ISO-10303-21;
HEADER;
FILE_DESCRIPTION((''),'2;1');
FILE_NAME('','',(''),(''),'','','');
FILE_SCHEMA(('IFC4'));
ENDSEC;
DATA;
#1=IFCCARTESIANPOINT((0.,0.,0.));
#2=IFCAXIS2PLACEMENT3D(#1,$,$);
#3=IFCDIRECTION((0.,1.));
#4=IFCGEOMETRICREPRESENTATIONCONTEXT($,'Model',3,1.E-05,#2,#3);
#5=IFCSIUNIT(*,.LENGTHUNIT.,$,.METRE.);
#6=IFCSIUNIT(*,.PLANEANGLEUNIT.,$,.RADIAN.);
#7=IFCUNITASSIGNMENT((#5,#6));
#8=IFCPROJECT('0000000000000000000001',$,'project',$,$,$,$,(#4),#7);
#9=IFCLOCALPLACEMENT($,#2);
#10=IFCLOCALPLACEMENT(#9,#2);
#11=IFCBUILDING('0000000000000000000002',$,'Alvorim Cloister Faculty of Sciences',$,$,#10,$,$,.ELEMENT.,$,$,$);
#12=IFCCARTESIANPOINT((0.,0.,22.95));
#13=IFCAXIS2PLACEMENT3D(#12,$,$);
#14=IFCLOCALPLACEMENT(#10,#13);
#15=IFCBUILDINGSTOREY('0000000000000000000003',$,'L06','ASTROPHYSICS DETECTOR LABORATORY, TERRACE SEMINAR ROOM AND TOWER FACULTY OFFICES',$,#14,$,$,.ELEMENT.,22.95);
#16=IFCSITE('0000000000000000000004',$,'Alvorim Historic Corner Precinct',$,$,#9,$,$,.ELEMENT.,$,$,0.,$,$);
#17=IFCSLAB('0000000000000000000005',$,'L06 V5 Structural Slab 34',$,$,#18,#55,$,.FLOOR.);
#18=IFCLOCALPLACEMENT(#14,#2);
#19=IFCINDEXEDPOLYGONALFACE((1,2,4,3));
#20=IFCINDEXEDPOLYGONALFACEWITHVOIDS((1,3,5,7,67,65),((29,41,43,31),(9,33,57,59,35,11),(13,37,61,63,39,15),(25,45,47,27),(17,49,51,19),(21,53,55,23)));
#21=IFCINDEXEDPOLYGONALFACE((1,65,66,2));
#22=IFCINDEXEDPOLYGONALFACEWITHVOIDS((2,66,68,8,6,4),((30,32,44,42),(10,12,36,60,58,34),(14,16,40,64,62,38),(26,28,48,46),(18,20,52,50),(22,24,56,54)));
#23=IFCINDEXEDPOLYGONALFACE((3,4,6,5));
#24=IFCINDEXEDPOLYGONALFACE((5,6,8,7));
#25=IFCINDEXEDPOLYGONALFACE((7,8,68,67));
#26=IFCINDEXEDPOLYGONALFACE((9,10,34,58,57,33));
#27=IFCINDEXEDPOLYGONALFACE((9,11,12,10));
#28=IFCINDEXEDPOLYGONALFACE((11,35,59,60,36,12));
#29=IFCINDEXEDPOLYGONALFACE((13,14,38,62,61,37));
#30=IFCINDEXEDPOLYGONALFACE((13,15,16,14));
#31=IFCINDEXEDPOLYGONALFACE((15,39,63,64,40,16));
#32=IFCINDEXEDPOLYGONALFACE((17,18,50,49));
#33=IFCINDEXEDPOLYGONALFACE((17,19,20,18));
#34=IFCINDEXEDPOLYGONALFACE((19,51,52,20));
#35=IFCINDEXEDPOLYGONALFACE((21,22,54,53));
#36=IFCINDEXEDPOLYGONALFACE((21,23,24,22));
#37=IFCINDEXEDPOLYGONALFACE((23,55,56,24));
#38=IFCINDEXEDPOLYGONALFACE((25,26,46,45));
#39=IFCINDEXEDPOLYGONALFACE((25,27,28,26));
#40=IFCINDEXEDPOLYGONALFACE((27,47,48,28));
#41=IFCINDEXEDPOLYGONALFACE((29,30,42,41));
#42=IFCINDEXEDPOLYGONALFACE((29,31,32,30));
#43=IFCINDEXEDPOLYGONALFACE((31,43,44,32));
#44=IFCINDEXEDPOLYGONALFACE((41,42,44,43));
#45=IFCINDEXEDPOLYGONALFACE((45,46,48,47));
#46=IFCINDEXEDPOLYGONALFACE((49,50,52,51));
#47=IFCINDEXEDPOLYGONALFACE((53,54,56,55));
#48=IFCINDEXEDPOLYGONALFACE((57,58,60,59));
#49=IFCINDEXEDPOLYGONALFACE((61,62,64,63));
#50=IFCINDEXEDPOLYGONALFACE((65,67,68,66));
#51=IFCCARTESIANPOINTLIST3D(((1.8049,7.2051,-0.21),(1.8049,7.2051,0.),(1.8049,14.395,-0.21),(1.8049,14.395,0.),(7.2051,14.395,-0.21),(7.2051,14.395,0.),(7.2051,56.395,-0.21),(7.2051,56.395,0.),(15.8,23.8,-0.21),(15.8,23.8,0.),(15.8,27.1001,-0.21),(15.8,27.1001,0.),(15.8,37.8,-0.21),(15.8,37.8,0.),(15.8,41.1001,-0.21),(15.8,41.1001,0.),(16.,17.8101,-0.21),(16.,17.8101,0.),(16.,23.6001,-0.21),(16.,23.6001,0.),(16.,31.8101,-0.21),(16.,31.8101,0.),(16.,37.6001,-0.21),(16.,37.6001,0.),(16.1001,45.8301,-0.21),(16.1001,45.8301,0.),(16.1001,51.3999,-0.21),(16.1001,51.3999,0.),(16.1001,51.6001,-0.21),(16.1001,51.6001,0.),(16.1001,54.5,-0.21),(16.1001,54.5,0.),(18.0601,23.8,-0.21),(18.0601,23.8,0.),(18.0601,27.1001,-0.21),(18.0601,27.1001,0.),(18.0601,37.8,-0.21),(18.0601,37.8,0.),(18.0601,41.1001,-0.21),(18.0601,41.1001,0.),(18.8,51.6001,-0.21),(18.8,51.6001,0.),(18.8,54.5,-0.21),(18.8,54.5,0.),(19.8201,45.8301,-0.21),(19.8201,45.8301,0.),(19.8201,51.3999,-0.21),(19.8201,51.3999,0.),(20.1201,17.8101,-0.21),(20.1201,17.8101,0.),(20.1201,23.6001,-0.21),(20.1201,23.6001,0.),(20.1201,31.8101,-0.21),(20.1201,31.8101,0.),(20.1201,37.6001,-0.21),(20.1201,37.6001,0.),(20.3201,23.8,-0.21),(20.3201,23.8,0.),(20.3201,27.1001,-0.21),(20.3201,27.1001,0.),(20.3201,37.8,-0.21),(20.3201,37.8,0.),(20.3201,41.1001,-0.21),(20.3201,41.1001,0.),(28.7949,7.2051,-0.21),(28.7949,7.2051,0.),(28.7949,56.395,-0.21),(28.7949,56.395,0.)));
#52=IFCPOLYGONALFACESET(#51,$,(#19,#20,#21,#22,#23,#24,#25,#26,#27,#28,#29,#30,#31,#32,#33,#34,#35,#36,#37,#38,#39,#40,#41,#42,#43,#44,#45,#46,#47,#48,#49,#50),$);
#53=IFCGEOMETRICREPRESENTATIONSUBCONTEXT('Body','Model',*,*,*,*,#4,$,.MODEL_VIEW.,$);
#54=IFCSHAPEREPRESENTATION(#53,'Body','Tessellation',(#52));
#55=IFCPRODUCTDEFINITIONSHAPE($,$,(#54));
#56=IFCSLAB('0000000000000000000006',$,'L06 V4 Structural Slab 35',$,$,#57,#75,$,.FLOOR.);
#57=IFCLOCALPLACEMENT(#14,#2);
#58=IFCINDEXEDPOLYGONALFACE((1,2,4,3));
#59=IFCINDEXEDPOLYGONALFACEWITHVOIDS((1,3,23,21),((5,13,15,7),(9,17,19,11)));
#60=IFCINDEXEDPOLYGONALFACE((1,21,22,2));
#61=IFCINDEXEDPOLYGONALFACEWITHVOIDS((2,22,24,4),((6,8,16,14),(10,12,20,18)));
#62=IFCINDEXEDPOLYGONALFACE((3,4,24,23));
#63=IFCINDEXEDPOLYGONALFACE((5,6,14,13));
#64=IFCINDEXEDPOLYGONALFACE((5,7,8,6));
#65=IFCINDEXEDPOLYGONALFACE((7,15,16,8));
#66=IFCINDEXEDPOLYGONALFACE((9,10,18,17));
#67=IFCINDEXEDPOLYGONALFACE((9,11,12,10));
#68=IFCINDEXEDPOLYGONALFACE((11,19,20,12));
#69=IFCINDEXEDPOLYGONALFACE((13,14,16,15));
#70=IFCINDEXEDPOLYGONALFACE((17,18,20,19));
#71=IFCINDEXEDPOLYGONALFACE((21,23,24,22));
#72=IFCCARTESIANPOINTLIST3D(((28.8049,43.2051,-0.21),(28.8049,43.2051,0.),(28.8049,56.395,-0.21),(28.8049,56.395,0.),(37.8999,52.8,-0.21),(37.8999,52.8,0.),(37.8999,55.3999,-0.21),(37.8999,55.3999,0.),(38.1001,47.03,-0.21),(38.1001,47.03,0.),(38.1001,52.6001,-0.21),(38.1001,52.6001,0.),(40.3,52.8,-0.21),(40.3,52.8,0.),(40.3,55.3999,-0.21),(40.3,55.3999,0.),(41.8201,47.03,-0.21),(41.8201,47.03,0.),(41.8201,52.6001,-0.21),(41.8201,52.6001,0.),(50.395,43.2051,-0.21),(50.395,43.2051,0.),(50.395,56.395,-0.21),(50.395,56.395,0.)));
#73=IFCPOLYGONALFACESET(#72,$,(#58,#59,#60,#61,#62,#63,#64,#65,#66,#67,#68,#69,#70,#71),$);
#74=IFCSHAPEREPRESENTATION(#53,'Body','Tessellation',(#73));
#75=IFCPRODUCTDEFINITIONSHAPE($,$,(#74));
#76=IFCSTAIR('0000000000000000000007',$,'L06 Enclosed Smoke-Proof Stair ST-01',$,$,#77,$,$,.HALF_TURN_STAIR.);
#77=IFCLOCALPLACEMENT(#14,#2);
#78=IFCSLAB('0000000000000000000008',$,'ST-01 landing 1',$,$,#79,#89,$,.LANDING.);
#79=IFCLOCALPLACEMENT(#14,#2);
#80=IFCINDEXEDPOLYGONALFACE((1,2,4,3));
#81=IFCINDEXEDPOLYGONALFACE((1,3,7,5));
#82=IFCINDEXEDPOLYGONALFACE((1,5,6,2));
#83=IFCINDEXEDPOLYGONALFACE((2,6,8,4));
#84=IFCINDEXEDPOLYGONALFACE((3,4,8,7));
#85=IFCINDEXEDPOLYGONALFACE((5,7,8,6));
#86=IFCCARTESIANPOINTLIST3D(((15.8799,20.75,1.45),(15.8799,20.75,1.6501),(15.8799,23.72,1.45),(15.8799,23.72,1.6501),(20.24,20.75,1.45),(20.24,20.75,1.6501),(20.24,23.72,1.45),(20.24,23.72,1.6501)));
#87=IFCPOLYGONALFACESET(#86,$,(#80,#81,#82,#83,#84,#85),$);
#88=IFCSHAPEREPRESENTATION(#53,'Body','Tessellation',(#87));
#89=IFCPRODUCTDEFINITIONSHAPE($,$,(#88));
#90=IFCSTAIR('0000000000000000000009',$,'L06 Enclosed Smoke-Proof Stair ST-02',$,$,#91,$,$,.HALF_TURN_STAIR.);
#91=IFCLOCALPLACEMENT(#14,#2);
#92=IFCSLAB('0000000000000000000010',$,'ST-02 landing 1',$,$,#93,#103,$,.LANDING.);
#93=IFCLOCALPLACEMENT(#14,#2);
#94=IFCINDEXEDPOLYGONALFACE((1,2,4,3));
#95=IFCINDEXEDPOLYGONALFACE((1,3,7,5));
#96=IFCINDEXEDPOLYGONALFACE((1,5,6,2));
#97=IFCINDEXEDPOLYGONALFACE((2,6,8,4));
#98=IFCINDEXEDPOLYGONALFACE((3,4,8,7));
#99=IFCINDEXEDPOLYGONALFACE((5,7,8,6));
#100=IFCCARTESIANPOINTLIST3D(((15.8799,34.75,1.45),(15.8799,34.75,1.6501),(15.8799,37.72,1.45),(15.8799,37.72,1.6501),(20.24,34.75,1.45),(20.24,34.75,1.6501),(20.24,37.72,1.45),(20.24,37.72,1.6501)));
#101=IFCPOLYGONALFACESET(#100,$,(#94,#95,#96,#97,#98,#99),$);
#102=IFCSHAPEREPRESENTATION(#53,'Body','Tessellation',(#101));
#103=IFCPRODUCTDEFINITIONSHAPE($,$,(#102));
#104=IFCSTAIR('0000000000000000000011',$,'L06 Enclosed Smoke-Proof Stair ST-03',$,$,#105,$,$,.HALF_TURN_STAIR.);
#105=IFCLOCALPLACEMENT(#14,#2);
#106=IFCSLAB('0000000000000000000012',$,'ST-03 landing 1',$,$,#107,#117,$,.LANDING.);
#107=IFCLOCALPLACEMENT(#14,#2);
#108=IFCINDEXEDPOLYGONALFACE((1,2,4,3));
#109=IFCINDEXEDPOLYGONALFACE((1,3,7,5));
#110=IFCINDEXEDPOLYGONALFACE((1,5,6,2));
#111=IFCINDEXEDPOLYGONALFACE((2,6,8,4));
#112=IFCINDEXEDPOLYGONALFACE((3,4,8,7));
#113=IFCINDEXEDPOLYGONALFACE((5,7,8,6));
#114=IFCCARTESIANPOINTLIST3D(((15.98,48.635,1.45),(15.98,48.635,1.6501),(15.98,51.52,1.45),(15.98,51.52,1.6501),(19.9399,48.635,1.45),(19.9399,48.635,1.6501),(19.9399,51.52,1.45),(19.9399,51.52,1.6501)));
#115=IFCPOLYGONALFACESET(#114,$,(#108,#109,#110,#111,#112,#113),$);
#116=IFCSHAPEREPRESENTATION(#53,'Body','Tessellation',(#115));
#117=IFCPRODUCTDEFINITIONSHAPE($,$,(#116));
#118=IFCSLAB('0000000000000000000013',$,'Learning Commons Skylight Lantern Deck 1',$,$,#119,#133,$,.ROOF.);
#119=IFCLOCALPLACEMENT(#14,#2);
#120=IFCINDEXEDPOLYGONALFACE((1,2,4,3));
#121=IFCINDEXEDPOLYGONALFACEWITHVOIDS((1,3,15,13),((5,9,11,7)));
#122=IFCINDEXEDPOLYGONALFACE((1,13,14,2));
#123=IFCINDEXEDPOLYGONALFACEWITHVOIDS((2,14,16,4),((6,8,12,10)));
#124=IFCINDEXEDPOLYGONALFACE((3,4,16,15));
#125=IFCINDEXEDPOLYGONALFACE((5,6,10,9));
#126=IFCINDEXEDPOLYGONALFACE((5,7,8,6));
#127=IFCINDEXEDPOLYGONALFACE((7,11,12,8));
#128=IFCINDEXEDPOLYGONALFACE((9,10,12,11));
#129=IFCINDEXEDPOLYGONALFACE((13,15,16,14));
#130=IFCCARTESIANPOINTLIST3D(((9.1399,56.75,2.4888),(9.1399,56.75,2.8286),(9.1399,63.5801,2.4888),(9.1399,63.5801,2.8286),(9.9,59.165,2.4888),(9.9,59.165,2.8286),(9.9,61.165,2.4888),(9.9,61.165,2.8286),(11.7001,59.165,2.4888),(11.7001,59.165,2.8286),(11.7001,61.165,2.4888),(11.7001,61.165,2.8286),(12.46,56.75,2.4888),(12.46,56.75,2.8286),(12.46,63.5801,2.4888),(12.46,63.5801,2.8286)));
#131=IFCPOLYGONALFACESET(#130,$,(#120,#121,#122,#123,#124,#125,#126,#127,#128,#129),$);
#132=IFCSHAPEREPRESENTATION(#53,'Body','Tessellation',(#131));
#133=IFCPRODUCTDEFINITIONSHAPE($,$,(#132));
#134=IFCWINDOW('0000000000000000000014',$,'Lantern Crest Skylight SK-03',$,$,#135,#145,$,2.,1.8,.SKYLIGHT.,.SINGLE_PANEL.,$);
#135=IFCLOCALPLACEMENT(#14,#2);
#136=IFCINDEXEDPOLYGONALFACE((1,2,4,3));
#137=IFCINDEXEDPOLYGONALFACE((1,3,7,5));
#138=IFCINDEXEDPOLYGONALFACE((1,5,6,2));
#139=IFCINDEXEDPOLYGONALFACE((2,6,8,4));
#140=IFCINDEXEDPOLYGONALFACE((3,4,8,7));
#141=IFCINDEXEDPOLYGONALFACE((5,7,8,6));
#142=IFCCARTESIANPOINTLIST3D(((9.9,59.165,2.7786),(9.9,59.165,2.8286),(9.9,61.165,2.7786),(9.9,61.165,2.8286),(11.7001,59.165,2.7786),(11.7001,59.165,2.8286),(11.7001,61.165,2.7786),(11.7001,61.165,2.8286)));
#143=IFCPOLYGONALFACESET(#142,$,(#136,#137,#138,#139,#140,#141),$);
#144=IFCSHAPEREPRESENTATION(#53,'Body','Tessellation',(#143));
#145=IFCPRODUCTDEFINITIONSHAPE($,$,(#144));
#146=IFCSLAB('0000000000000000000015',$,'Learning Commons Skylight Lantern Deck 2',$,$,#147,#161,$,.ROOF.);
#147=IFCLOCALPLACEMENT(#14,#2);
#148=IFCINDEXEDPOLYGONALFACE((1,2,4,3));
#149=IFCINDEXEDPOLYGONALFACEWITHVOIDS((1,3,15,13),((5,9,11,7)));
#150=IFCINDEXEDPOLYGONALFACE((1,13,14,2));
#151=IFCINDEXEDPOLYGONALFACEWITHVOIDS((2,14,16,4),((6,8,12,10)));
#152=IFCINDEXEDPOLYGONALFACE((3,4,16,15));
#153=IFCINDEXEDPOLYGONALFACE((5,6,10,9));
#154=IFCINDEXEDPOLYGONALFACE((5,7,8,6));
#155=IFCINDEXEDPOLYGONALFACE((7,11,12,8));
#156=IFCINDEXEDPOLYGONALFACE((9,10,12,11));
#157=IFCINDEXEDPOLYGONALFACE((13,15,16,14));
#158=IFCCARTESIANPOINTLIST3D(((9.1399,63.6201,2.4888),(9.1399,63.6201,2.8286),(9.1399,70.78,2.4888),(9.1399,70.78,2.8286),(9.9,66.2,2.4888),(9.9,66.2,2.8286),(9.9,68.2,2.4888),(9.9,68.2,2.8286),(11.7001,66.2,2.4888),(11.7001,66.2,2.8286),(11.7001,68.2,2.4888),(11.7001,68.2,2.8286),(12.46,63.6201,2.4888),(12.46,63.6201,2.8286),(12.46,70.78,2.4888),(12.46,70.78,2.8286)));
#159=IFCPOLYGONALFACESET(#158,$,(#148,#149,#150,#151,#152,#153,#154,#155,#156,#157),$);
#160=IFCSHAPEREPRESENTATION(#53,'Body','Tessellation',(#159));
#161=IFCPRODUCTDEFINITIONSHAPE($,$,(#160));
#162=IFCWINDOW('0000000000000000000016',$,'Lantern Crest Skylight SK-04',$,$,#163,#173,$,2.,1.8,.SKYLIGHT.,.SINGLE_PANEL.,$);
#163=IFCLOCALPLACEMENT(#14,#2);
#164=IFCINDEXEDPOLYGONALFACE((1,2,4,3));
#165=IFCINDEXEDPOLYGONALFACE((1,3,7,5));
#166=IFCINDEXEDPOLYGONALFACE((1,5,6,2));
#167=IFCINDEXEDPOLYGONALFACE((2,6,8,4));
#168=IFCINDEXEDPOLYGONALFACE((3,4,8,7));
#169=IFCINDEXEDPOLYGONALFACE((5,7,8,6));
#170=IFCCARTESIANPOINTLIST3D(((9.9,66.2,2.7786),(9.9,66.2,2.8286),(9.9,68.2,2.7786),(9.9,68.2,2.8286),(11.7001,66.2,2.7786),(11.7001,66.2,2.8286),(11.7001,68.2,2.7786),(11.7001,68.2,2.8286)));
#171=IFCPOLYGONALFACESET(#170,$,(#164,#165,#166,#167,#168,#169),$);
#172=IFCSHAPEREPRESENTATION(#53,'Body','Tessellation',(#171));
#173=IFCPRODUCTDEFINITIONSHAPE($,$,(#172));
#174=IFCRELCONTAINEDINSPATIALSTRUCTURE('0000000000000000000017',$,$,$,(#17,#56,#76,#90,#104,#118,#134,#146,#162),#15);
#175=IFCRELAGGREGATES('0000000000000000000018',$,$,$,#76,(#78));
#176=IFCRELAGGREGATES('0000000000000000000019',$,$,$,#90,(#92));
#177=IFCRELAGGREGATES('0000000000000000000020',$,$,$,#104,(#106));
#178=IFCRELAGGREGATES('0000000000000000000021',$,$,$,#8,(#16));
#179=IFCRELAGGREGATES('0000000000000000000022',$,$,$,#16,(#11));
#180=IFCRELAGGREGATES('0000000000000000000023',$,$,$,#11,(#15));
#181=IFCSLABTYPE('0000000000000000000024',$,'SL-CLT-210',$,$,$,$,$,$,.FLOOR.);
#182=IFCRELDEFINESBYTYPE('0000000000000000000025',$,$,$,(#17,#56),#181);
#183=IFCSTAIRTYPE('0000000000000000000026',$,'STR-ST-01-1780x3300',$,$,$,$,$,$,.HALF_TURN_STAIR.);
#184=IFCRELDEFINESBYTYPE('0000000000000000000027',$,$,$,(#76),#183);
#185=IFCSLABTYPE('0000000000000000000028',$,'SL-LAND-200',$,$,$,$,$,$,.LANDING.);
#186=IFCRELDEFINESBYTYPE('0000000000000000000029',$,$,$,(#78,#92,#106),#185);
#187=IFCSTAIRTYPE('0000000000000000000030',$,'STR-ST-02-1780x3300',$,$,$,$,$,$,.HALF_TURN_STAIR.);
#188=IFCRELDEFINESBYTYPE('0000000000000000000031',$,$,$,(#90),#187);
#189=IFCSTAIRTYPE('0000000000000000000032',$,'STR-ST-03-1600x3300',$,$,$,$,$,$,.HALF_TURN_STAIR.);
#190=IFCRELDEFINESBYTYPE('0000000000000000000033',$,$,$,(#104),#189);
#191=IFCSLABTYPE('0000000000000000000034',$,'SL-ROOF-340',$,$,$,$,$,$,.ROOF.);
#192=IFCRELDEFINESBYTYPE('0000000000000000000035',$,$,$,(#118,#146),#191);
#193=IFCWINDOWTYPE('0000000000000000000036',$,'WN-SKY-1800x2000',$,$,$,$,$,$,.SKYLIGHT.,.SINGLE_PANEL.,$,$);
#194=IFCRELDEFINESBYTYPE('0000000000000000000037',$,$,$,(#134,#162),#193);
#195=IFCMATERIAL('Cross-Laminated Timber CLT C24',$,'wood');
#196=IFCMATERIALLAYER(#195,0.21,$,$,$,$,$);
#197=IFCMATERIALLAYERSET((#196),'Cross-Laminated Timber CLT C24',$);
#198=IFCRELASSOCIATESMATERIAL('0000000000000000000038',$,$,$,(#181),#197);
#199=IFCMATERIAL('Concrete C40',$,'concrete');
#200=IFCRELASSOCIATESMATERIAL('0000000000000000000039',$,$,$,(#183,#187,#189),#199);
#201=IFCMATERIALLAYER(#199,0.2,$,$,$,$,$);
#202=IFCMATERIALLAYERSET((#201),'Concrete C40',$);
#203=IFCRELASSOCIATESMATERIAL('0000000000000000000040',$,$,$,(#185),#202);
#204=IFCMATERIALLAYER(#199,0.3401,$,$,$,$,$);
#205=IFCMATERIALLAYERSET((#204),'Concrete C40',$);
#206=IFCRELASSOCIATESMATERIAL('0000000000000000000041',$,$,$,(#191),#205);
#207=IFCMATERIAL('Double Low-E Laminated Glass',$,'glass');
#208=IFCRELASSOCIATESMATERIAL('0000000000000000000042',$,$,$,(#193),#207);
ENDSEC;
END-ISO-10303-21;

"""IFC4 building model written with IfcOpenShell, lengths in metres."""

from ifc_helpers import new_model, si_unit, direction, frame, origin, origin_2d, place, context, subcontext, project, spatial, polyline, rectangle, outline, extrude, material, layer, layer_set, type_object, element, fill, aggregate, save


model = new_model("IFC4")

# Units and contexts
model_context = context("Model", 3, precision=1e-05, world=origin(), true_north=direction((0.0, 1.0)))
body_context = subcontext(model_context, "Body", "Model", "MODEL_VIEW")
ifc_project = project(units=[si_unit("LENGTHUNIT", "METRE"), si_unit("PLANEANGLEUNIT", "RADIAN")], contexts=[model_context])

# Site, building, storey
site_placement = place(None, origin())
site = spatial("IfcSite", under=ifc_project, at=site_placement, Name="Alvorim Historic Corner Precinct", CompositionType="ELEMENT", RefElevation=0.0)
building_placement = place(site_placement, origin())
building = spatial("IfcBuilding", under=site, at=building_placement, Name="Alvorim Cloister Faculty of Sciences", CompositionType="ELEMENT")
storey_placement = place(building_placement, frame((0.0, 0.0, 22.95)))
storey = spatial("IfcBuildingStorey", under=building, at=storey_placement, Name="L06", Description="ASTROPHYSICS DETECTOR LABORATORY, TERRACE SEMINAR ROOM AND TOWER FACULTY OFFICES", CompositionType="ELEMENT", Elevation=22.95)

# Slabs
ifc_material_1 = material(Name="Cross-Laminated Timber CLT C24", Category="wood")
ifc_layer_1 = layer(ifc_material_1, 0.21)
ifc_layer_set_1 = layer_set([ifc_layer_1], Name="Cross-Laminated Timber CLT C24")
slab_type_1 = type_object("IfcSlabType", Name="SL-CLT-210", PredefinedType="FLOOR", material=ifc_layer_set_1)
slab_1_placement = place(storey_placement, frame((0.0, 0.0, -0.21)))
element("IfcSlab", 1, at=slab_1_placement, inside=storey, type_object=slab_type_1, Name="L06 V5 Structural Slab 34", PredefinedType="FLOOR", context=body_context, shape_type="SweptSolid", body=[
    extrude(outline(polyline([(1.8049, 7.2051), (1.8049, 14.395), (7.2051, 14.395), (7.2051, 56.395), (28.7949, 56.395), (28.7949, 7.2051), (1.8049, 7.2051)]), holes=[polyline([(16.0, 23.6001), (16.0, 17.8101), (20.1201, 17.8101), (20.1201, 23.6001), (16.0, 23.6001)]), polyline([(15.8, 27.1001), (15.8, 23.8), (18.0601, 23.8), (20.3201, 23.8), (20.3201, 27.1001), (18.0601, 27.1001), (15.8, 27.1001)]), polyline([(20.1201, 37.6001), (16.0, 37.6001), (16.0, 31.8101), (20.1201, 31.8101), (20.1201, 37.6001)]), polyline([(18.0601, 37.8), (20.3201, 37.8), (20.3201, 41.1001), (18.0601, 41.1001), (15.8, 41.1001), (15.8, 37.8), (18.0601, 37.8)]), polyline([(16.1001, 51.3999), (16.1001, 45.8301), (19.8201, 45.8301), (19.8201, 51.3999), (16.1001, 51.3999)]), polyline([(18.8, 54.5), (16.1001, 54.5), (16.1001, 51.6001), (18.8, 51.6001), (18.8, 54.5)])]), origin(), (0.0, 0.0, 1.0), 0.21),
])
slab_2_placement = place(storey_placement, frame((0.0, 0.0, -0.21)))
element("IfcSlab", 2, at=slab_2_placement, inside=storey, type_object=slab_type_1, Name="L06 V4 Structural Slab 35", PredefinedType="FLOOR", context=body_context, shape_type="SweptSolid", body=[
    extrude(outline(polyline([(28.8049, 43.2051), (28.8049, 56.395), (50.395, 56.395), (50.395, 43.2051), (28.8049, 43.2051)]), holes=[polyline([(38.1001, 52.6001), (38.1001, 47.03), (41.8201, 47.03), (41.8201, 52.6001), (38.1001, 52.6001)]), polyline([(40.3, 55.3999), (37.8999, 55.3999), (37.8999, 52.8), (40.3, 52.8), (40.3, 55.3999)])]), origin(), (0.0, 0.0, 1.0), 0.21),
])

# Stairs, slabs
ifc_material_2 = material(Name="Concrete C40", Category="concrete")
stair_type_1 = type_object("IfcStairType", Name="STR-ST-01-1780x3300", PredefinedType="HALF_TURN_STAIR", material=ifc_material_2)
stair_1_placement = place(storey_placement, origin())
stair_1 = element("IfcStair", 3, at=stair_1_placement, inside=storey, type_object=stair_type_1, Name="L06 Enclosed Smoke-Proof Stair ST-01", PredefinedType="HALF_TURN_STAIR")
ifc_layer_2 = layer(ifc_material_2, 0.2)
ifc_layer_set_2 = layer_set([ifc_layer_2], Name="Concrete C40")
slab_type_2 = type_object("IfcSlabType", Name="SL-LAND-200", PredefinedType="LANDING", material=ifc_layer_set_2)
slab_3_placement = place(storey_placement, frame((0.0, 0.0, 1.45)))
slab_3 = element("IfcSlab", 4, at=slab_3_placement, type_object=slab_type_2, Name="ST-01 landing 1", PredefinedType="LANDING", context=body_context, shape_type="SweptSolid", body=[
    extrude(outline(polyline([(20.24, 20.75), (20.24, 23.72), (15.8799, 23.72), (15.8799, 20.75), (20.24, 20.75)])), origin(), (0.0, 0.0, 1.0), 0.2002),
])
aggregate(stair_1, [slab_3])
stair_type_2 = type_object("IfcStairType", Name="STR-ST-02-1780x3300", PredefinedType="HALF_TURN_STAIR", material=ifc_material_2)
stair_2_placement = place(storey_placement, origin())
stair_2 = element("IfcStair", 5, at=stair_2_placement, inside=storey, type_object=stair_type_2, Name="L06 Enclosed Smoke-Proof Stair ST-02", PredefinedType="HALF_TURN_STAIR")
slab_4_placement = place(storey_placement, frame((0.0, 0.0, 1.45)))
slab_4 = element("IfcSlab", 6, at=slab_4_placement, type_object=slab_type_2, Name="ST-02 landing 1", PredefinedType="LANDING", context=body_context, shape_type="SweptSolid", body=[
    extrude(outline(polyline([(20.24, 34.75), (20.24, 37.72), (15.8799, 37.72), (15.8799, 34.75), (20.24, 34.75)])), origin(), (0.0, 0.0, 1.0), 0.2002),
])
aggregate(stair_2, [slab_4])
stair_type_3 = type_object("IfcStairType", Name="STR-ST-03-1600x3300", PredefinedType="HALF_TURN_STAIR", material=ifc_material_2)
stair_3_placement = place(storey_placement, origin())
stair_3 = element("IfcStair", 7, at=stair_3_placement, inside=storey, type_object=stair_type_3, Name="L06 Enclosed Smoke-Proof Stair ST-03", PredefinedType="HALF_TURN_STAIR")
slab_5_placement = place(storey_placement, frame((0.0, 0.0, 1.45)))
slab_5 = element("IfcSlab", 8, at=slab_5_placement, type_object=slab_type_2, Name="ST-03 landing 1", PredefinedType="LANDING", context=body_context, shape_type="SweptSolid", body=[
    extrude(outline(polyline([(19.9399, 48.635), (19.9399, 51.52), (15.98, 51.52), (15.98, 48.635), (19.9399, 48.635)])), origin(), (0.0, 0.0, 1.0), 0.2002),
])
aggregate(stair_3, [slab_5])

# Slabs, openings, windows
ifc_layer_3 = layer(ifc_material_2, 0.3401)
ifc_layer_set_3 = layer_set([ifc_layer_3], Name="Concrete C40")
slab_type_3 = type_object("IfcSlabType", Name="SL-ROOF-340", PredefinedType="ROOF", material=ifc_layer_set_3)
slab_6_placement = place(storey_placement, frame((0.0, 0.0, 2.4888)))
slab_6 = element("IfcSlab", 9, at=slab_6_placement, inside=storey, type_object=slab_type_3, Name="Learning Commons Skylight Lantern Deck 1", PredefinedType="ROOF", context=body_context, shape_type="SweptSolid", body=[
    extrude(outline(polyline([(9.1399, 56.75), (12.46, 56.75), (12.46, 63.5801), (9.1399, 63.5801), (9.1399, 56.75)])), origin(), (0.0, 0.0, 1.0), 0.3398),
])
opening_1_placement = place(slab_6_placement, frame((10.8, 60.165, -0.012)))
opening_1 = element("IfcOpeningElement", 10, at=opening_1_placement, cuts=slab_6, PredefinedType="OPENING", context=body_context, shape_type="SweptSolid", body=[
    extrude(rectangle(XDim=1.8, YDim=2.0, at=origin_2d()), origin(), (0.0, 0.0, 1.0), 0.3638),
])
ifc_material_3 = material(Name="Double Low-E Laminated Glass", Category="glass")
window_type = type_object("IfcWindowType", Name="WN-SKY-1800x2000", PartitioningType="SINGLE_PANEL", PredefinedType="SKYLIGHT", material=ifc_material_3)
window_1_placement = place(slab_6_placement, frame((10.8, 60.165, 0.2898)))
window_1 = element("IfcWindow", 11, at=window_1_placement, inside=storey, type_object=window_type, Name="Lantern Crest Skylight SK-03", OverallHeight=2.0, OverallWidth=1.8, PartitioningType="SINGLE_PANEL", PredefinedType="SKYLIGHT", context=body_context, shape_type="SweptSolid", body=[
    extrude(rectangle(XDim=1.8, YDim=2.0, at=origin_2d()), origin(), (0.0, 0.0, 1.0), 0.05),
])
fill(opening_1, window_1)
slab_7_placement = place(storey_placement, frame((0.0, 0.0, 2.4888)))
slab_7 = element("IfcSlab", 12, at=slab_7_placement, inside=storey, type_object=slab_type_3, Name="Learning Commons Skylight Lantern Deck 2", PredefinedType="ROOF", context=body_context, shape_type="SweptSolid", body=[
    extrude(outline(polyline([(9.1399, 63.6201), (12.46, 63.6201), (12.46, 70.78), (9.1399, 70.78), (9.1399, 63.6201)])), origin(), (0.0, 0.0, 1.0), 0.3398),
])
opening_2_placement = place(slab_7_placement, frame((10.8, 67.2, -0.012)))
opening_2 = element("IfcOpeningElement", 13, at=opening_2_placement, cuts=slab_7, PredefinedType="OPENING", context=body_context, shape_type="SweptSolid", body=[
    extrude(rectangle(XDim=1.8, YDim=2.0, at=origin_2d()), origin(), (0.0, 0.0, 1.0), 0.3638),
])
window_2_placement = place(slab_7_placement, frame((10.8, 67.2, 0.2898)))
window_2 = element("IfcWindow", 14, at=window_2_placement, inside=storey, type_object=window_type, Name="Lantern Crest Skylight SK-04", OverallHeight=2.0, OverallWidth=1.8, PartitioningType="SINGLE_PANEL", PredefinedType="SKYLIGHT", context=body_context, shape_type="SweptSolid", body=[
    extrude(rectangle(XDim=1.8, YDim=2.0, at=origin_2d()), origin(), (0.0, 0.0, 1.0), 0.05),
])
fill(opening_2, window_2)

save(model, "model.ifc")
